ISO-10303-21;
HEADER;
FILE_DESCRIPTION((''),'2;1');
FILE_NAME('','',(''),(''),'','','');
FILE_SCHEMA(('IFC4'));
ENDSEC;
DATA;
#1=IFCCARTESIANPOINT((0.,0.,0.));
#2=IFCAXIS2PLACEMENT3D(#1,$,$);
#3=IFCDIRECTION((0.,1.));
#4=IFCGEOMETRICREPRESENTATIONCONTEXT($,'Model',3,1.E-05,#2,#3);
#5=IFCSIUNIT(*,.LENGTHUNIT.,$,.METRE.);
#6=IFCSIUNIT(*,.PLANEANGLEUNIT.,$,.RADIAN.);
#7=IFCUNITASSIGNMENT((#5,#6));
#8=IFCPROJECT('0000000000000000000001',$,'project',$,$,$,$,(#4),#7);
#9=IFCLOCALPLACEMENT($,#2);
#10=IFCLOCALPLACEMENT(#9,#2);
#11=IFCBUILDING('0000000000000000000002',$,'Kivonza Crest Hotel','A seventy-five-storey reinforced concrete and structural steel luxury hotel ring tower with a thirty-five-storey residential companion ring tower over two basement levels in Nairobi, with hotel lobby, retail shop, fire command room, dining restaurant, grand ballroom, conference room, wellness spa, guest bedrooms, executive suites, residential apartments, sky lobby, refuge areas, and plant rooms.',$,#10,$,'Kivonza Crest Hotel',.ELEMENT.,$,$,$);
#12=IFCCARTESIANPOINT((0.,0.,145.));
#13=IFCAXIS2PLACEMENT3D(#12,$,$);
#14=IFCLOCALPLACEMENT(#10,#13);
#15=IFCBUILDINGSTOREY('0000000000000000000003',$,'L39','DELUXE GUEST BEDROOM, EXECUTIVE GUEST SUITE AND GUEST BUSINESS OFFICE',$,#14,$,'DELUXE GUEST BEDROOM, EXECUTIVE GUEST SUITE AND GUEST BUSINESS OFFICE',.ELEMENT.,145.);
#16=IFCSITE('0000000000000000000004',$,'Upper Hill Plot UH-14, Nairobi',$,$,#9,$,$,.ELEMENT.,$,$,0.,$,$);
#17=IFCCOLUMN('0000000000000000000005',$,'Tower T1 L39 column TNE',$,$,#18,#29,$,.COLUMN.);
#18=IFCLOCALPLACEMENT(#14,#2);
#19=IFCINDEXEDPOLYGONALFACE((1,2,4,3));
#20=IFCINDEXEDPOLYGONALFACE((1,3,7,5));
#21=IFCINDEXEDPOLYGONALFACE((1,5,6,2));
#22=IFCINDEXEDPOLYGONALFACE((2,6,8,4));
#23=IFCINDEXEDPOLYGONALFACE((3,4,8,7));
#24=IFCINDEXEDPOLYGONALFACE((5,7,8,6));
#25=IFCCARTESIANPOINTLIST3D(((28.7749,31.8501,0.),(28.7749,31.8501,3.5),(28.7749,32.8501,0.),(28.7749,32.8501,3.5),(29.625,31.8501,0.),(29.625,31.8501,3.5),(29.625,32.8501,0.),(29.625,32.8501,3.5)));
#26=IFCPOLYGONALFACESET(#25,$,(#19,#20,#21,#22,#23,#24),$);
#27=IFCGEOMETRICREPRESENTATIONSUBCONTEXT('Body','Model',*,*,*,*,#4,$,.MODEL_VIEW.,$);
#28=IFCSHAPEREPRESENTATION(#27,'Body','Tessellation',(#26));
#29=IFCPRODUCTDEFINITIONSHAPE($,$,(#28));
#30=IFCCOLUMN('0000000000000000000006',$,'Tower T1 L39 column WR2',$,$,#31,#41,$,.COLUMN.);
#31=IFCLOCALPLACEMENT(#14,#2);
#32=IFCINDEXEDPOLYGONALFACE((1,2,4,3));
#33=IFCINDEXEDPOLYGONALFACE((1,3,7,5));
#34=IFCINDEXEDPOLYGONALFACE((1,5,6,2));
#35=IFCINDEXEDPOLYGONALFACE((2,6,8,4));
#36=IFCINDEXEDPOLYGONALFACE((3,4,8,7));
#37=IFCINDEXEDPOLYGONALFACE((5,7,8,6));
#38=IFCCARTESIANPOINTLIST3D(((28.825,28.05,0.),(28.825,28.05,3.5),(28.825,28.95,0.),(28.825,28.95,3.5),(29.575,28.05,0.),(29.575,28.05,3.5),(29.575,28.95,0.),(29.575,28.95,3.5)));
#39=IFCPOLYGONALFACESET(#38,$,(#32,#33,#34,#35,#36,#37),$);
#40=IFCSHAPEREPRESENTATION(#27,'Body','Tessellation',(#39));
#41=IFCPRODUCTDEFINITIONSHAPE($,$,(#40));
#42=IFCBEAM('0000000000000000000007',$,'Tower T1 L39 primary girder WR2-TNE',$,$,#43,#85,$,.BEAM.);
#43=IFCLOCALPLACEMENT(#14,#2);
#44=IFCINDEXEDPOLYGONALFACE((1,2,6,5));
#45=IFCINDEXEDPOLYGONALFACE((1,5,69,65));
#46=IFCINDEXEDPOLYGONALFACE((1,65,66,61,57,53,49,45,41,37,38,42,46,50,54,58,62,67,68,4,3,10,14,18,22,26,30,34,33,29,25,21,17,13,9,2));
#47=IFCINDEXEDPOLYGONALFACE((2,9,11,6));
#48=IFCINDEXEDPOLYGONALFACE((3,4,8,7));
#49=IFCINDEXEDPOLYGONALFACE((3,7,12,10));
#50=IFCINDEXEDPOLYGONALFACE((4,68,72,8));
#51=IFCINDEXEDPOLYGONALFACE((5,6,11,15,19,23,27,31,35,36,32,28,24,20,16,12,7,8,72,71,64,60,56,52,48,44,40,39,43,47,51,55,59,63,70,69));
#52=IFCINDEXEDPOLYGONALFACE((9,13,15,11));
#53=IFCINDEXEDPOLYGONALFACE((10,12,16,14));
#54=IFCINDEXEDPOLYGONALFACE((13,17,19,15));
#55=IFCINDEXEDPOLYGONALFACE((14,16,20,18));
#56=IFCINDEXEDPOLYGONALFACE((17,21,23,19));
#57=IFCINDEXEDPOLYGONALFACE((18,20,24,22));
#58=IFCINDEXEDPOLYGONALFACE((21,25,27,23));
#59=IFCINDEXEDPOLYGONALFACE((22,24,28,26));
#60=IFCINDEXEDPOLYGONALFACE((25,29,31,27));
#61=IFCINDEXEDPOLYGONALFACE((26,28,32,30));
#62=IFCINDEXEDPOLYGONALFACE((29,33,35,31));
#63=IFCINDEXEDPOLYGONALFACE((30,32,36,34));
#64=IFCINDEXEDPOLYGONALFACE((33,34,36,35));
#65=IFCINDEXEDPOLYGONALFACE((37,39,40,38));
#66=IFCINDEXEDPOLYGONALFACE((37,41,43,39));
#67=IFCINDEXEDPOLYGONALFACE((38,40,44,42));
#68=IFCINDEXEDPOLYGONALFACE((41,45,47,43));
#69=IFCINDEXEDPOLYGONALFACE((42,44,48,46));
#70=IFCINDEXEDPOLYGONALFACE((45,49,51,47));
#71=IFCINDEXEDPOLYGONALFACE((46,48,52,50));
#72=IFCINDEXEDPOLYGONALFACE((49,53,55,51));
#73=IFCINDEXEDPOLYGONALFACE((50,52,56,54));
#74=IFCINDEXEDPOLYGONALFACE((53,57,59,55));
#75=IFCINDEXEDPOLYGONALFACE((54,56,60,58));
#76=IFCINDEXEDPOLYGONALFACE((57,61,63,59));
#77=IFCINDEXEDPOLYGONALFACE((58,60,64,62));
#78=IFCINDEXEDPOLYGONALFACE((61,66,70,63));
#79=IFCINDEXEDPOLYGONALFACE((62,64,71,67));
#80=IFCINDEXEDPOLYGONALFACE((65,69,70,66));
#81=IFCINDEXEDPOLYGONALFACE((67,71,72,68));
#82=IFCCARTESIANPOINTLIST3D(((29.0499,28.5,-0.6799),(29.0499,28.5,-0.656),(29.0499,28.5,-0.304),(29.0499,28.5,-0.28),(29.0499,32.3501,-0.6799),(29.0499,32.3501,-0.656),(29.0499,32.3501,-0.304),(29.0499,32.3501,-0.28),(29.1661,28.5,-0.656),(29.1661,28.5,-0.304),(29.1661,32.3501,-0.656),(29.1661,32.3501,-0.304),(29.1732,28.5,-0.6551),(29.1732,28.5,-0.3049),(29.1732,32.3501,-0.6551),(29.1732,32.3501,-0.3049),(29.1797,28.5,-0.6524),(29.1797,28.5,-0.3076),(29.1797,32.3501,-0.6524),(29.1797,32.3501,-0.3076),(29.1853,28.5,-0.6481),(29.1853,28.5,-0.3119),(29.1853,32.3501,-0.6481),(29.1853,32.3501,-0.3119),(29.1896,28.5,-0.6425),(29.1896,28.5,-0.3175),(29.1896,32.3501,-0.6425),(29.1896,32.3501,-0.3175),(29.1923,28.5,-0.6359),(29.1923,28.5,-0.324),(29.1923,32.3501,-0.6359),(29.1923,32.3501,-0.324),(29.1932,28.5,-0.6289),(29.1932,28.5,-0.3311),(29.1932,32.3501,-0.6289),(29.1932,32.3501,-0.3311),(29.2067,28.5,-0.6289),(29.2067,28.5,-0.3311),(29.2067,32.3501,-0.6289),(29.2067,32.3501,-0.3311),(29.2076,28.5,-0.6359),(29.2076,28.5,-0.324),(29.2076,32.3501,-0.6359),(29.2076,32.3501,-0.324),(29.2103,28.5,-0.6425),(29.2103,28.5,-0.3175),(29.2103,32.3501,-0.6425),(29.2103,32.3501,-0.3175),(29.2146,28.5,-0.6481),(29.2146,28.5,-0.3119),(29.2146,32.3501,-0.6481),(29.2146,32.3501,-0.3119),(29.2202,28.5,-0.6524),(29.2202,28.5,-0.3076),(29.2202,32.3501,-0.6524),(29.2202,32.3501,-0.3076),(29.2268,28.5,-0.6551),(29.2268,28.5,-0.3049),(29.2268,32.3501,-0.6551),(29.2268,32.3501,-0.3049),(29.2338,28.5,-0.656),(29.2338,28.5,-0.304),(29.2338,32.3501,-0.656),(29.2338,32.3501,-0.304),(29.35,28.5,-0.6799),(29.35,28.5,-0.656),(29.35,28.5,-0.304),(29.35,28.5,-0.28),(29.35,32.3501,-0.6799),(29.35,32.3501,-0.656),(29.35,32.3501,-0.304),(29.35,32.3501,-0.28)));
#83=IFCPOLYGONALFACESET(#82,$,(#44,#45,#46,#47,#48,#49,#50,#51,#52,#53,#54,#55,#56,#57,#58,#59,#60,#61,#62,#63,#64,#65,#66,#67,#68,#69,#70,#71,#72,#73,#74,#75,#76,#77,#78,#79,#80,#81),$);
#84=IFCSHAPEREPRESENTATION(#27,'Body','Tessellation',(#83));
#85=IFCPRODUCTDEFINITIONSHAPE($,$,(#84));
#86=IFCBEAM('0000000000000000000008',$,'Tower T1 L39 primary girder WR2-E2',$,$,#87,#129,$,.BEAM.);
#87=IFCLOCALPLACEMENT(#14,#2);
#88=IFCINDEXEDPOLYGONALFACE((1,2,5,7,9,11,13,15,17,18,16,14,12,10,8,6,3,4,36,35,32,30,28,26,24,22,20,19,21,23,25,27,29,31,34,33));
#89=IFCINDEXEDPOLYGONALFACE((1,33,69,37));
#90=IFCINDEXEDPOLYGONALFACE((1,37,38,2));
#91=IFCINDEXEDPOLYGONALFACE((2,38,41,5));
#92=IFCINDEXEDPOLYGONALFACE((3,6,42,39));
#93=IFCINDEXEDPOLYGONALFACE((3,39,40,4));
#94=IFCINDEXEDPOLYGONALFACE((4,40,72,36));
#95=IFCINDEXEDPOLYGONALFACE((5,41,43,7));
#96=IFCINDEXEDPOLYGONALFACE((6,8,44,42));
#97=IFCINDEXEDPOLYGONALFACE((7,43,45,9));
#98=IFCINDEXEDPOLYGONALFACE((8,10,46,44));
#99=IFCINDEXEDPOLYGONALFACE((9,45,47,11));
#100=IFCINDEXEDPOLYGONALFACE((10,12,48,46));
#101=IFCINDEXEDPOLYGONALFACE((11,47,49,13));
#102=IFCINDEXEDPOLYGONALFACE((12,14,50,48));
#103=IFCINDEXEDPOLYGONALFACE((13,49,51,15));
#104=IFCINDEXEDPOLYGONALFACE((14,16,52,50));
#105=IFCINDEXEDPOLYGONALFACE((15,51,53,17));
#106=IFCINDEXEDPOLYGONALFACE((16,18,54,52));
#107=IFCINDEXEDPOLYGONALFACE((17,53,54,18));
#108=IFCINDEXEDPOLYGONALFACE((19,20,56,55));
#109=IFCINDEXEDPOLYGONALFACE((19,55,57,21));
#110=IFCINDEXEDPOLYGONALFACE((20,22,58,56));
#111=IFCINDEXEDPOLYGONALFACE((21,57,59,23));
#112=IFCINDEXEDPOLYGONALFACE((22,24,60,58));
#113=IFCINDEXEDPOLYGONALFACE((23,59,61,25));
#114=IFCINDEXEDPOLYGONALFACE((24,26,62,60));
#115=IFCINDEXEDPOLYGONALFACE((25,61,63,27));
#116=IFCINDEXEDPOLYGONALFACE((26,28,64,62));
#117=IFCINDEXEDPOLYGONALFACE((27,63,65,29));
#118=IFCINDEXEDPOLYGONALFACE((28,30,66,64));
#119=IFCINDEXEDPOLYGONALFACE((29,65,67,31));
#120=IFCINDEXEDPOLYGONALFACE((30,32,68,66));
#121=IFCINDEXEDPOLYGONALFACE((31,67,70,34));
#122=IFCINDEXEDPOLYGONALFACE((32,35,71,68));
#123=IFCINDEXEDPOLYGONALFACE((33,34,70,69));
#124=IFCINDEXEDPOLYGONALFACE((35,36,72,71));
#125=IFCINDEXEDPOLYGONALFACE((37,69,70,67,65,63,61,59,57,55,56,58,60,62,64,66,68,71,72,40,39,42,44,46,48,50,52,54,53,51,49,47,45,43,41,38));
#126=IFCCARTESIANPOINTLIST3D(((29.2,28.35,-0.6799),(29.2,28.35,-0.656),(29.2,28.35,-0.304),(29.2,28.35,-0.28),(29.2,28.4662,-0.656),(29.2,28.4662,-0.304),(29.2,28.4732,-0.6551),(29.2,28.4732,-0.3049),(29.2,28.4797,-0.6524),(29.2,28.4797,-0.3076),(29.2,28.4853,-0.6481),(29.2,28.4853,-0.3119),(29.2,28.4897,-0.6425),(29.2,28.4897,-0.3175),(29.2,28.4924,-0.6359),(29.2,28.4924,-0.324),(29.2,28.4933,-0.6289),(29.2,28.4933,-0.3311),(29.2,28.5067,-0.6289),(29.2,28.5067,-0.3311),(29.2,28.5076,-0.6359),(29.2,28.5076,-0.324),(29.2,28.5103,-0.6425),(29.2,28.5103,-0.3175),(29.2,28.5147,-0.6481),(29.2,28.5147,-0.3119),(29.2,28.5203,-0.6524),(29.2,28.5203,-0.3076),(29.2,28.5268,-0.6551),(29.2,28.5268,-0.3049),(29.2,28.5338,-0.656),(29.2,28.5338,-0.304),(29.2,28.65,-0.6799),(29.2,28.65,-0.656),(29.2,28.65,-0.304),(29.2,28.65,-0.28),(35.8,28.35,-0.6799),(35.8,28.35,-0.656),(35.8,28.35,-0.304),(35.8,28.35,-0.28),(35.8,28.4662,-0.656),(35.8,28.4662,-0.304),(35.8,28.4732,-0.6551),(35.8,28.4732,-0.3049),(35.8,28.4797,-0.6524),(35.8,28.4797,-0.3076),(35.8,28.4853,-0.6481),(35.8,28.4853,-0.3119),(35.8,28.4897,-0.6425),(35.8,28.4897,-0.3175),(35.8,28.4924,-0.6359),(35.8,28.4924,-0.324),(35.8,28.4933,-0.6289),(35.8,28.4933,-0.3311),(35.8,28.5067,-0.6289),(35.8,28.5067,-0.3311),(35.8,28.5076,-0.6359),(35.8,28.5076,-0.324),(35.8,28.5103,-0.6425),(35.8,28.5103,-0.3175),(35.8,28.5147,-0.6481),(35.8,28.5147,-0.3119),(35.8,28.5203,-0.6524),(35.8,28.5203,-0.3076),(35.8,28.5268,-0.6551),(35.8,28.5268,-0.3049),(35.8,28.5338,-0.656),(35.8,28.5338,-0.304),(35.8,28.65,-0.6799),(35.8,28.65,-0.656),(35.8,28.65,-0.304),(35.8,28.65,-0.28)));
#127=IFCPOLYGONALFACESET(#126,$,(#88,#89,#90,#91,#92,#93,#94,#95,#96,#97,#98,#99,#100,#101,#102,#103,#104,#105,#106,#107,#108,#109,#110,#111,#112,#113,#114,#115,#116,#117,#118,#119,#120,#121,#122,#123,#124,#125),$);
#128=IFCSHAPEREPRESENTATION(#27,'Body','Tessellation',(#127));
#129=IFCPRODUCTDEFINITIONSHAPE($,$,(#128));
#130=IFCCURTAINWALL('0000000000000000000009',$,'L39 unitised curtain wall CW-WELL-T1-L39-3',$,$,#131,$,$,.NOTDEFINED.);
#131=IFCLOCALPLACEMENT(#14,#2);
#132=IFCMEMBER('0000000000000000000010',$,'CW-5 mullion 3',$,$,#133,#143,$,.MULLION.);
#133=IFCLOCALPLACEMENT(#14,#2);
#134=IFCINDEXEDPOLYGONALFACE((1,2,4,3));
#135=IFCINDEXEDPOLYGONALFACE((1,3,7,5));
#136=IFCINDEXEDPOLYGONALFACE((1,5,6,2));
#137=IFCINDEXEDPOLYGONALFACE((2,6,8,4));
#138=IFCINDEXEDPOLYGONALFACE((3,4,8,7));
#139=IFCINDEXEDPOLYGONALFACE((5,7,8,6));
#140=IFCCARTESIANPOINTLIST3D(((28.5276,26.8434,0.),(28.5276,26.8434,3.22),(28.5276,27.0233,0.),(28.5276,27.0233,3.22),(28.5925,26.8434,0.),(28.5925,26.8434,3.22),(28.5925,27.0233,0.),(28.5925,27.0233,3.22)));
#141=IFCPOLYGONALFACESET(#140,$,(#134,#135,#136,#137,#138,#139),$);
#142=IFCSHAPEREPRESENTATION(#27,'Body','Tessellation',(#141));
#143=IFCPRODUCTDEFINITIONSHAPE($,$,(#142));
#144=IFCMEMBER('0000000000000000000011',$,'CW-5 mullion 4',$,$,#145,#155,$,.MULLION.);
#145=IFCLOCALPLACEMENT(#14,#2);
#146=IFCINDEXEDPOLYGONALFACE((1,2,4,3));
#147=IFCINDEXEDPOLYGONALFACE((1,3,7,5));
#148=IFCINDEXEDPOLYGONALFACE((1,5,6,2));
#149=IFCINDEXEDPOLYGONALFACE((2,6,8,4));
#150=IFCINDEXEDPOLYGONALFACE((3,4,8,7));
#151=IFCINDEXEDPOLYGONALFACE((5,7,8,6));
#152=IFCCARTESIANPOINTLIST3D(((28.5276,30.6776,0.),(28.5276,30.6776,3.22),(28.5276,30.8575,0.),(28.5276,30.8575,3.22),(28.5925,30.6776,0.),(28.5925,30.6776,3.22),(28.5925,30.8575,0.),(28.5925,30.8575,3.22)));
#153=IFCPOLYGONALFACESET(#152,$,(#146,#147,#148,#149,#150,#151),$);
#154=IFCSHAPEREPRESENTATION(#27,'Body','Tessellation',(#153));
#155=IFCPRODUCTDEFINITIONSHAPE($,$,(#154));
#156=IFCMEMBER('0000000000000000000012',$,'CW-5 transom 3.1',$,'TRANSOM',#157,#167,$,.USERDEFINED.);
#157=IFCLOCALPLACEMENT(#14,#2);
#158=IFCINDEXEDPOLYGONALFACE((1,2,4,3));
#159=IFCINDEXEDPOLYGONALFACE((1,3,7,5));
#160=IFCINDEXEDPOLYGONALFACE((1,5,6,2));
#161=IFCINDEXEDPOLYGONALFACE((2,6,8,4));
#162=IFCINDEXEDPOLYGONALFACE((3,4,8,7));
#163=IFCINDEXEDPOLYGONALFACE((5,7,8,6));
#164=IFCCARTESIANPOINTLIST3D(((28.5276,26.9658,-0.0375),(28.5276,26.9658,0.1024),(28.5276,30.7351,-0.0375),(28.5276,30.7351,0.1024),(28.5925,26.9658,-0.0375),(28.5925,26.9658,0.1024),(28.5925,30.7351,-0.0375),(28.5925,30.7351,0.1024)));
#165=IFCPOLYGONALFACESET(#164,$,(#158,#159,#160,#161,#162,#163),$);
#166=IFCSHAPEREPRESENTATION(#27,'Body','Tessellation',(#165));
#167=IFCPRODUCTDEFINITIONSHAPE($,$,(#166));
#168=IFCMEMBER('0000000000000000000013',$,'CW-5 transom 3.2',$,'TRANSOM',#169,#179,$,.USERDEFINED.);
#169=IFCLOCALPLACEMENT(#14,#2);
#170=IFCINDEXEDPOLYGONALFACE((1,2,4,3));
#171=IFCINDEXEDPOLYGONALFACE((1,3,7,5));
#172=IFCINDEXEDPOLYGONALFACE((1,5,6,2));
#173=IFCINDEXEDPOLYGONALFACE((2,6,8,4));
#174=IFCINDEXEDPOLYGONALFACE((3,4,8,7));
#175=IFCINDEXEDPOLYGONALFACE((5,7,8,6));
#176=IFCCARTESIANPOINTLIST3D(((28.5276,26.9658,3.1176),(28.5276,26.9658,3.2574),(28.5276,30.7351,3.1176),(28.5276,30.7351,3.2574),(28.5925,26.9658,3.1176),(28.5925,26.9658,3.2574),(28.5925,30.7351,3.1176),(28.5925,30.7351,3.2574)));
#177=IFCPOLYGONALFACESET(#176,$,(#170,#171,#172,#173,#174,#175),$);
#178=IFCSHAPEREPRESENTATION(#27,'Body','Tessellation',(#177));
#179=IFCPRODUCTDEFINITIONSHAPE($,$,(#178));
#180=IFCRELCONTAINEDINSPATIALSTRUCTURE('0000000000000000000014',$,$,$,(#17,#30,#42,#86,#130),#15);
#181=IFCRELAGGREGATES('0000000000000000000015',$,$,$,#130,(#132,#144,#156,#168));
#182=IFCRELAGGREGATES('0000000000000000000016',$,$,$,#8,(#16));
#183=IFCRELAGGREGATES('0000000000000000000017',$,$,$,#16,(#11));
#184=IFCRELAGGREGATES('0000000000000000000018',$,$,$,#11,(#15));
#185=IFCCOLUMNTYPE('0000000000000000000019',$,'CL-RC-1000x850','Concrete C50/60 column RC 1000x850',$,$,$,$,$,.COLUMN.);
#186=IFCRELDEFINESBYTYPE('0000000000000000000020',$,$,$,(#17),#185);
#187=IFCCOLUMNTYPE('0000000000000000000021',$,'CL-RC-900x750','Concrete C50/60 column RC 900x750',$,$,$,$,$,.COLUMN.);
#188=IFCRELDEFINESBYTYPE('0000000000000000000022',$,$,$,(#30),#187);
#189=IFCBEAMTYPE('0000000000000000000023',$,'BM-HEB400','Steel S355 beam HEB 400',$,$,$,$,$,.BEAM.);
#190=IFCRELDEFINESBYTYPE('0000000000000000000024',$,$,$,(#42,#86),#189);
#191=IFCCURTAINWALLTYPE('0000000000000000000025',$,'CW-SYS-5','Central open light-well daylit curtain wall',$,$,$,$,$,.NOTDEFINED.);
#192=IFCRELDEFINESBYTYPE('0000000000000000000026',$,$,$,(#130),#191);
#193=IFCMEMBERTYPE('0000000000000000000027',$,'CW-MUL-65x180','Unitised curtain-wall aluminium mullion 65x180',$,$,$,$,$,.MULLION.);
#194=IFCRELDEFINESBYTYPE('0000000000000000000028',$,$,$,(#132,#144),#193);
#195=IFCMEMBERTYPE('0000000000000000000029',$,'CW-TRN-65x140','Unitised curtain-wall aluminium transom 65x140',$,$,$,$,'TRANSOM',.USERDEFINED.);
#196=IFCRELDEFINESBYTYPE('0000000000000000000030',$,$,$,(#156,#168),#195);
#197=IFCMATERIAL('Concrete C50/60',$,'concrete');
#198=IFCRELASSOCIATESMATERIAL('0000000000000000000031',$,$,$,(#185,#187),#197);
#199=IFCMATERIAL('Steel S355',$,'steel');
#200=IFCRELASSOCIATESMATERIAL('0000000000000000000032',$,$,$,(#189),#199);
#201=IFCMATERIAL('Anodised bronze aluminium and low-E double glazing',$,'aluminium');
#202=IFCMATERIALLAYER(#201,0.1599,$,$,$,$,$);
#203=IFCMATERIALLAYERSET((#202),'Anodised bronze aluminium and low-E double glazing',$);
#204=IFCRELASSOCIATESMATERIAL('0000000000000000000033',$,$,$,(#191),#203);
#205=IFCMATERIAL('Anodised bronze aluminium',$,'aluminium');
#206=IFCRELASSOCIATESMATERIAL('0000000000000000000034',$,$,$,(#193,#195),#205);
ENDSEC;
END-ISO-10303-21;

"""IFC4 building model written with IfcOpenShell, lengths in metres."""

from ifc_helpers import new_model, si_unit, direction, frame, origin, origin_2d, place, context, subcontext, project, spatial, rectangle, i_section, extrude, material, layer, layer_set, material_profile, profile_set, type_object, element, aggregate, save


model = new_model("IFC4")

# Units and contexts
model_context = context("Model", 3, precision=1e-05, world=origin(), true_north=direction((0.0, 1.0)))
body_context = subcontext(model_context, "Body", "Model", "MODEL_VIEW")
ifc_project = project(units=[si_unit("LENGTHUNIT", "METRE"), si_unit("PLANEANGLEUNIT", "RADIAN")], contexts=[model_context])

# Site, building, storey
site_placement = place(None, origin())
site = spatial("IfcSite", under=ifc_project, at=site_placement, Name="Upper Hill Plot UH-14, Nairobi", CompositionType="ELEMENT", RefElevation=0.0)
building_placement = place(site_placement, origin())
building = spatial("IfcBuilding", under=site, at=building_placement, Name="Kivonza Crest Hotel", Description="A seventy-five-storey reinforced concrete and structural steel luxury hotel ring tower with a thirty-five-storey residential companion ring tower over two basement levels in Nairobi, with hotel lobby, retail shop, fire command room, dining restaurant, grand ballroom, conference room, wellness spa, guest bedrooms, executive suites, residential apartments, sky lobby, refuge areas, and plant rooms.", LongName="Kivonza Crest Hotel", CompositionType="ELEMENT")
storey_placement = place(building_placement, frame((0.0, 0.0, 145.0)))
storey = spatial("IfcBuildingStorey", under=building, at=storey_placement, Name="L39", Description="DELUXE GUEST BEDROOM, EXECUTIVE GUEST SUITE AND GUEST BUSINESS OFFICE", LongName="DELUXE GUEST BEDROOM, EXECUTIVE GUEST SUITE AND GUEST BUSINESS OFFICE", CompositionType="ELEMENT", Elevation=145.0)

# Columns
ifc_material_1 = material(Name="Concrete C50/60", Category="concrete")
ifc_material_profile_1 = material_profile(ifc_material_1, rectangle(XDim=0.8501, YDim=1.0, at=origin_2d()), Name="RC 1000x850")
ifc_profile_set_1 = profile_set([ifc_material_profile_1], Name="Concrete C50/60")
column_type_1 = type_object("IfcColumnType", Name="CL-RC-1000x850", Description="Concrete C50/60 column RC 1000x850", PredefinedType="COLUMN", material=ifc_profile_set_1)
column_1_placement = place(storey_placement, frame((29.2, 32.3501, 0.0), z_axis=(0.0, 0.0, 1.0), x_axis=(1.0, 0.0, 0.0)))
element("IfcColumn", 1, at=column_1_placement, inside=storey, type_object=column_type_1, Name="Tower T1 L39 column TNE", PredefinedType="COLUMN", context=body_context, shape_type="SweptSolid", body=[
    extrude(rectangle(XDim=0.8501, YDim=1.0, at=origin_2d()), origin(), (0.0, 0.0, 1.0), 3.5),
])
ifc_material_profile_2 = material_profile(ifc_material_1, rectangle(XDim=0.75, YDim=0.8999, at=origin_2d()), Name="RC 900x750")
ifc_profile_set_2 = profile_set([ifc_material_profile_2], Name="Concrete C50/60")
column_type_2 = type_object("IfcColumnType", Name="CL-RC-900x750", Description="Concrete C50/60 column RC 900x750", PredefinedType="COLUMN", material=ifc_profile_set_2)
column_2_placement = place(storey_placement, frame((29.2, 28.5, 0.0), z_axis=(0.0, 0.0, 1.0), x_axis=(1.0, 0.0, 0.0)))
element("IfcColumn", 2, at=column_2_placement, inside=storey, type_object=column_type_2, Name="Tower T1 L39 column WR2", PredefinedType="COLUMN", context=body_context, shape_type="SweptSolid", body=[
    extrude(rectangle(XDim=0.75, YDim=0.8999, at=origin_2d()), origin(), (0.0, 0.0, 1.0), 3.5),
])

# Beams
ifc_material_2 = material(Name="Steel S355", Category="steel")
ifc_material_profile_3 = material_profile(ifc_material_2, i_section(OverallWidth=0.3, OverallDepth=0.3999, WebThickness=0.0134, FlangeThickness=0.0239, FilletRadius=0.0271, at=origin_2d()), Name="HEB 400")
ifc_profile_set_3 = profile_set([ifc_material_profile_3], Name="Steel S355")
beam_type = type_object("IfcBeamType", Name="BM-HEB400", Description="Steel S355 beam HEB 400", PredefinedType="BEAM", material=ifc_profile_set_3)
beam_1_placement = place(storey_placement, frame((29.2, 28.5, -0.48), z_axis=(0.0, 1.0, 0.0), x_axis=(-1.0, 0.0, 0.0)))
element("IfcBeam", 3, at=beam_1_placement, inside=storey, type_object=beam_type, Name="Tower T1 L39 primary girder WR2-TNE", PredefinedType="BEAM", context=body_context, shape_type="SweptSolid", body=[
    extrude(i_section(OverallWidth=0.3, OverallDepth=0.3999, WebThickness=0.0134, FlangeThickness=0.0239, FilletRadius=0.0271, at=origin_2d()), origin(), (0.0, 0.0, 1.0), 3.8501),
])
beam_2_placement = place(storey_placement, frame((29.2, 28.5, -0.48), z_axis=(1.0, 0.0, 0.0), x_axis=(0.0, 1.0, 0.0)))
element("IfcBeam", 4, at=beam_2_placement, inside=storey, type_object=beam_type, Name="Tower T1 L39 primary girder WR2-E2", PredefinedType="BEAM", context=body_context, shape_type="SweptSolid", body=[
    extrude(i_section(OverallWidth=0.3, OverallDepth=0.3999, WebThickness=0.0134, FlangeThickness=0.0239, FilletRadius=0.0271, at=origin_2d()), origin(), (0.0, 0.0, 1.0), 6.6001),
])

# Curtain wall, members
ifc_material_3 = material(Name="Anodised bronze aluminium and low-E double glazing", Category="aluminium")
ifc_layer_1 = layer(ifc_material_3, 0.1599)
ifc_layer_set_1 = layer_set([ifc_layer_1], Name="Anodised bronze aluminium and low-E double glazing")
curtain_wall_type = type_object("IfcCurtainWallType", Name="CW-SYS-5", Description="Central open light-well daylit curtain wall", PredefinedType="NOTDEFINED", material=ifc_layer_set_1)
curtain_wall_placement = place(storey_placement, origin())
curtain_wall = element("IfcCurtainWall", 5, at=curtain_wall_placement, inside=storey, type_object=curtain_wall_type, Name="L39 unitised curtain wall CW-WELL-T1-L39-3", PredefinedType="NOTDEFINED")
ifc_material_4 = material(Name="Anodised bronze aluminium", Category="aluminium")
ifc_material_profile_4 = material_profile(ifc_material_4, rectangle(XDim=0.0649, YDim=0.1799, at=origin_2d()), Name="CW-M 65x180")
ifc_profile_set_4 = profile_set([ifc_material_profile_4], Name="Anodised bronze aluminium")
member_type_1 = type_object("IfcMemberType", Name="CW-MUL-65x180", Description="Unitised curtain-wall aluminium mullion 65x180", PredefinedType="MULLION", material=ifc_profile_set_4)
member_1_placement = place(storey_placement, frame((28.5601, 26.9333, 0.0), z_axis=(0.0, 0.0, 1.0), x_axis=(-1.0, 0.0, 0.0)))
member_1 = element("IfcMember", 6, at=member_1_placement, type_object=member_type_1, Name="CW-5 mullion 3", PredefinedType="MULLION", context=body_context, shape_type="SweptSolid", body=[
    extrude(rectangle(XDim=0.0649, YDim=0.1799, at=origin_2d()), origin(), (0.0, 0.0, 1.0), 3.22),
])
member_2_placement = place(storey_placement, frame((28.5601, 30.7676, 0.0), z_axis=(0.0, 0.0, 1.0), x_axis=(-1.0, 0.0, 0.0)))
member_2 = element("IfcMember", 7, at=member_2_placement, type_object=member_type_1, Name="CW-5 mullion 4", PredefinedType="MULLION", context=body_context, shape_type="SweptSolid", body=[
    extrude(rectangle(XDim=0.0649, YDim=0.1799, at=origin_2d()), origin(), (0.0, 0.0, 1.0), 3.22),
])
ifc_material_profile_5 = material_profile(ifc_material_4, rectangle(XDim=0.0649, YDim=0.1399, at=origin_2d()), Name="CW-T 65x140")
ifc_profile_set_5 = profile_set([ifc_material_profile_5], Name="Anodised bronze aluminium")
member_type_2 = type_object("IfcMemberType", Name="CW-TRN-65x140", Description="Unitised curtain-wall aluminium transom 65x140", ElementType="TRANSOM", PredefinedType="USERDEFINED", material=ifc_profile_set_5)
member_3_placement = place(storey_placement, frame((28.5601, 26.9658, 0.0325), z_axis=(0.0, 1.0, 0.0), x_axis=(-1.0, 0.0, 0.0)))
member_3 = element("IfcMember", 8, at=member_3_placement, type_object=member_type_2, Name="CW-5 transom 3.1", ObjectType="TRANSOM", PredefinedType="USERDEFINED", context=body_context, shape_type="SweptSolid", body=[
    extrude(rectangle(XDim=0.0649, YDim=0.1399, at=origin_2d()), origin(), (0.0, 0.0, 1.0), 3.7693),
])
member_4_placement = place(storey_placement, frame((28.5601, 26.9658, 3.1875), z_axis=(0.0, 1.0, 0.0), x_axis=(-1.0, 0.0, 0.0)))
member_4 = element("IfcMember", 9, at=member_4_placement, type_object=member_type_2, Name="CW-5 transom 3.2", ObjectType="TRANSOM", PredefinedType="USERDEFINED", context=body_context, shape_type="SweptSolid", body=[
    extrude(rectangle(XDim=0.0649, YDim=0.1399, at=origin_2d()), origin(), (0.0, 0.0, 1.0), 3.7693),
])
aggregate(curtain_wall, [member_1, member_2, member_3, member_4])

save(model, "model.ifc")
